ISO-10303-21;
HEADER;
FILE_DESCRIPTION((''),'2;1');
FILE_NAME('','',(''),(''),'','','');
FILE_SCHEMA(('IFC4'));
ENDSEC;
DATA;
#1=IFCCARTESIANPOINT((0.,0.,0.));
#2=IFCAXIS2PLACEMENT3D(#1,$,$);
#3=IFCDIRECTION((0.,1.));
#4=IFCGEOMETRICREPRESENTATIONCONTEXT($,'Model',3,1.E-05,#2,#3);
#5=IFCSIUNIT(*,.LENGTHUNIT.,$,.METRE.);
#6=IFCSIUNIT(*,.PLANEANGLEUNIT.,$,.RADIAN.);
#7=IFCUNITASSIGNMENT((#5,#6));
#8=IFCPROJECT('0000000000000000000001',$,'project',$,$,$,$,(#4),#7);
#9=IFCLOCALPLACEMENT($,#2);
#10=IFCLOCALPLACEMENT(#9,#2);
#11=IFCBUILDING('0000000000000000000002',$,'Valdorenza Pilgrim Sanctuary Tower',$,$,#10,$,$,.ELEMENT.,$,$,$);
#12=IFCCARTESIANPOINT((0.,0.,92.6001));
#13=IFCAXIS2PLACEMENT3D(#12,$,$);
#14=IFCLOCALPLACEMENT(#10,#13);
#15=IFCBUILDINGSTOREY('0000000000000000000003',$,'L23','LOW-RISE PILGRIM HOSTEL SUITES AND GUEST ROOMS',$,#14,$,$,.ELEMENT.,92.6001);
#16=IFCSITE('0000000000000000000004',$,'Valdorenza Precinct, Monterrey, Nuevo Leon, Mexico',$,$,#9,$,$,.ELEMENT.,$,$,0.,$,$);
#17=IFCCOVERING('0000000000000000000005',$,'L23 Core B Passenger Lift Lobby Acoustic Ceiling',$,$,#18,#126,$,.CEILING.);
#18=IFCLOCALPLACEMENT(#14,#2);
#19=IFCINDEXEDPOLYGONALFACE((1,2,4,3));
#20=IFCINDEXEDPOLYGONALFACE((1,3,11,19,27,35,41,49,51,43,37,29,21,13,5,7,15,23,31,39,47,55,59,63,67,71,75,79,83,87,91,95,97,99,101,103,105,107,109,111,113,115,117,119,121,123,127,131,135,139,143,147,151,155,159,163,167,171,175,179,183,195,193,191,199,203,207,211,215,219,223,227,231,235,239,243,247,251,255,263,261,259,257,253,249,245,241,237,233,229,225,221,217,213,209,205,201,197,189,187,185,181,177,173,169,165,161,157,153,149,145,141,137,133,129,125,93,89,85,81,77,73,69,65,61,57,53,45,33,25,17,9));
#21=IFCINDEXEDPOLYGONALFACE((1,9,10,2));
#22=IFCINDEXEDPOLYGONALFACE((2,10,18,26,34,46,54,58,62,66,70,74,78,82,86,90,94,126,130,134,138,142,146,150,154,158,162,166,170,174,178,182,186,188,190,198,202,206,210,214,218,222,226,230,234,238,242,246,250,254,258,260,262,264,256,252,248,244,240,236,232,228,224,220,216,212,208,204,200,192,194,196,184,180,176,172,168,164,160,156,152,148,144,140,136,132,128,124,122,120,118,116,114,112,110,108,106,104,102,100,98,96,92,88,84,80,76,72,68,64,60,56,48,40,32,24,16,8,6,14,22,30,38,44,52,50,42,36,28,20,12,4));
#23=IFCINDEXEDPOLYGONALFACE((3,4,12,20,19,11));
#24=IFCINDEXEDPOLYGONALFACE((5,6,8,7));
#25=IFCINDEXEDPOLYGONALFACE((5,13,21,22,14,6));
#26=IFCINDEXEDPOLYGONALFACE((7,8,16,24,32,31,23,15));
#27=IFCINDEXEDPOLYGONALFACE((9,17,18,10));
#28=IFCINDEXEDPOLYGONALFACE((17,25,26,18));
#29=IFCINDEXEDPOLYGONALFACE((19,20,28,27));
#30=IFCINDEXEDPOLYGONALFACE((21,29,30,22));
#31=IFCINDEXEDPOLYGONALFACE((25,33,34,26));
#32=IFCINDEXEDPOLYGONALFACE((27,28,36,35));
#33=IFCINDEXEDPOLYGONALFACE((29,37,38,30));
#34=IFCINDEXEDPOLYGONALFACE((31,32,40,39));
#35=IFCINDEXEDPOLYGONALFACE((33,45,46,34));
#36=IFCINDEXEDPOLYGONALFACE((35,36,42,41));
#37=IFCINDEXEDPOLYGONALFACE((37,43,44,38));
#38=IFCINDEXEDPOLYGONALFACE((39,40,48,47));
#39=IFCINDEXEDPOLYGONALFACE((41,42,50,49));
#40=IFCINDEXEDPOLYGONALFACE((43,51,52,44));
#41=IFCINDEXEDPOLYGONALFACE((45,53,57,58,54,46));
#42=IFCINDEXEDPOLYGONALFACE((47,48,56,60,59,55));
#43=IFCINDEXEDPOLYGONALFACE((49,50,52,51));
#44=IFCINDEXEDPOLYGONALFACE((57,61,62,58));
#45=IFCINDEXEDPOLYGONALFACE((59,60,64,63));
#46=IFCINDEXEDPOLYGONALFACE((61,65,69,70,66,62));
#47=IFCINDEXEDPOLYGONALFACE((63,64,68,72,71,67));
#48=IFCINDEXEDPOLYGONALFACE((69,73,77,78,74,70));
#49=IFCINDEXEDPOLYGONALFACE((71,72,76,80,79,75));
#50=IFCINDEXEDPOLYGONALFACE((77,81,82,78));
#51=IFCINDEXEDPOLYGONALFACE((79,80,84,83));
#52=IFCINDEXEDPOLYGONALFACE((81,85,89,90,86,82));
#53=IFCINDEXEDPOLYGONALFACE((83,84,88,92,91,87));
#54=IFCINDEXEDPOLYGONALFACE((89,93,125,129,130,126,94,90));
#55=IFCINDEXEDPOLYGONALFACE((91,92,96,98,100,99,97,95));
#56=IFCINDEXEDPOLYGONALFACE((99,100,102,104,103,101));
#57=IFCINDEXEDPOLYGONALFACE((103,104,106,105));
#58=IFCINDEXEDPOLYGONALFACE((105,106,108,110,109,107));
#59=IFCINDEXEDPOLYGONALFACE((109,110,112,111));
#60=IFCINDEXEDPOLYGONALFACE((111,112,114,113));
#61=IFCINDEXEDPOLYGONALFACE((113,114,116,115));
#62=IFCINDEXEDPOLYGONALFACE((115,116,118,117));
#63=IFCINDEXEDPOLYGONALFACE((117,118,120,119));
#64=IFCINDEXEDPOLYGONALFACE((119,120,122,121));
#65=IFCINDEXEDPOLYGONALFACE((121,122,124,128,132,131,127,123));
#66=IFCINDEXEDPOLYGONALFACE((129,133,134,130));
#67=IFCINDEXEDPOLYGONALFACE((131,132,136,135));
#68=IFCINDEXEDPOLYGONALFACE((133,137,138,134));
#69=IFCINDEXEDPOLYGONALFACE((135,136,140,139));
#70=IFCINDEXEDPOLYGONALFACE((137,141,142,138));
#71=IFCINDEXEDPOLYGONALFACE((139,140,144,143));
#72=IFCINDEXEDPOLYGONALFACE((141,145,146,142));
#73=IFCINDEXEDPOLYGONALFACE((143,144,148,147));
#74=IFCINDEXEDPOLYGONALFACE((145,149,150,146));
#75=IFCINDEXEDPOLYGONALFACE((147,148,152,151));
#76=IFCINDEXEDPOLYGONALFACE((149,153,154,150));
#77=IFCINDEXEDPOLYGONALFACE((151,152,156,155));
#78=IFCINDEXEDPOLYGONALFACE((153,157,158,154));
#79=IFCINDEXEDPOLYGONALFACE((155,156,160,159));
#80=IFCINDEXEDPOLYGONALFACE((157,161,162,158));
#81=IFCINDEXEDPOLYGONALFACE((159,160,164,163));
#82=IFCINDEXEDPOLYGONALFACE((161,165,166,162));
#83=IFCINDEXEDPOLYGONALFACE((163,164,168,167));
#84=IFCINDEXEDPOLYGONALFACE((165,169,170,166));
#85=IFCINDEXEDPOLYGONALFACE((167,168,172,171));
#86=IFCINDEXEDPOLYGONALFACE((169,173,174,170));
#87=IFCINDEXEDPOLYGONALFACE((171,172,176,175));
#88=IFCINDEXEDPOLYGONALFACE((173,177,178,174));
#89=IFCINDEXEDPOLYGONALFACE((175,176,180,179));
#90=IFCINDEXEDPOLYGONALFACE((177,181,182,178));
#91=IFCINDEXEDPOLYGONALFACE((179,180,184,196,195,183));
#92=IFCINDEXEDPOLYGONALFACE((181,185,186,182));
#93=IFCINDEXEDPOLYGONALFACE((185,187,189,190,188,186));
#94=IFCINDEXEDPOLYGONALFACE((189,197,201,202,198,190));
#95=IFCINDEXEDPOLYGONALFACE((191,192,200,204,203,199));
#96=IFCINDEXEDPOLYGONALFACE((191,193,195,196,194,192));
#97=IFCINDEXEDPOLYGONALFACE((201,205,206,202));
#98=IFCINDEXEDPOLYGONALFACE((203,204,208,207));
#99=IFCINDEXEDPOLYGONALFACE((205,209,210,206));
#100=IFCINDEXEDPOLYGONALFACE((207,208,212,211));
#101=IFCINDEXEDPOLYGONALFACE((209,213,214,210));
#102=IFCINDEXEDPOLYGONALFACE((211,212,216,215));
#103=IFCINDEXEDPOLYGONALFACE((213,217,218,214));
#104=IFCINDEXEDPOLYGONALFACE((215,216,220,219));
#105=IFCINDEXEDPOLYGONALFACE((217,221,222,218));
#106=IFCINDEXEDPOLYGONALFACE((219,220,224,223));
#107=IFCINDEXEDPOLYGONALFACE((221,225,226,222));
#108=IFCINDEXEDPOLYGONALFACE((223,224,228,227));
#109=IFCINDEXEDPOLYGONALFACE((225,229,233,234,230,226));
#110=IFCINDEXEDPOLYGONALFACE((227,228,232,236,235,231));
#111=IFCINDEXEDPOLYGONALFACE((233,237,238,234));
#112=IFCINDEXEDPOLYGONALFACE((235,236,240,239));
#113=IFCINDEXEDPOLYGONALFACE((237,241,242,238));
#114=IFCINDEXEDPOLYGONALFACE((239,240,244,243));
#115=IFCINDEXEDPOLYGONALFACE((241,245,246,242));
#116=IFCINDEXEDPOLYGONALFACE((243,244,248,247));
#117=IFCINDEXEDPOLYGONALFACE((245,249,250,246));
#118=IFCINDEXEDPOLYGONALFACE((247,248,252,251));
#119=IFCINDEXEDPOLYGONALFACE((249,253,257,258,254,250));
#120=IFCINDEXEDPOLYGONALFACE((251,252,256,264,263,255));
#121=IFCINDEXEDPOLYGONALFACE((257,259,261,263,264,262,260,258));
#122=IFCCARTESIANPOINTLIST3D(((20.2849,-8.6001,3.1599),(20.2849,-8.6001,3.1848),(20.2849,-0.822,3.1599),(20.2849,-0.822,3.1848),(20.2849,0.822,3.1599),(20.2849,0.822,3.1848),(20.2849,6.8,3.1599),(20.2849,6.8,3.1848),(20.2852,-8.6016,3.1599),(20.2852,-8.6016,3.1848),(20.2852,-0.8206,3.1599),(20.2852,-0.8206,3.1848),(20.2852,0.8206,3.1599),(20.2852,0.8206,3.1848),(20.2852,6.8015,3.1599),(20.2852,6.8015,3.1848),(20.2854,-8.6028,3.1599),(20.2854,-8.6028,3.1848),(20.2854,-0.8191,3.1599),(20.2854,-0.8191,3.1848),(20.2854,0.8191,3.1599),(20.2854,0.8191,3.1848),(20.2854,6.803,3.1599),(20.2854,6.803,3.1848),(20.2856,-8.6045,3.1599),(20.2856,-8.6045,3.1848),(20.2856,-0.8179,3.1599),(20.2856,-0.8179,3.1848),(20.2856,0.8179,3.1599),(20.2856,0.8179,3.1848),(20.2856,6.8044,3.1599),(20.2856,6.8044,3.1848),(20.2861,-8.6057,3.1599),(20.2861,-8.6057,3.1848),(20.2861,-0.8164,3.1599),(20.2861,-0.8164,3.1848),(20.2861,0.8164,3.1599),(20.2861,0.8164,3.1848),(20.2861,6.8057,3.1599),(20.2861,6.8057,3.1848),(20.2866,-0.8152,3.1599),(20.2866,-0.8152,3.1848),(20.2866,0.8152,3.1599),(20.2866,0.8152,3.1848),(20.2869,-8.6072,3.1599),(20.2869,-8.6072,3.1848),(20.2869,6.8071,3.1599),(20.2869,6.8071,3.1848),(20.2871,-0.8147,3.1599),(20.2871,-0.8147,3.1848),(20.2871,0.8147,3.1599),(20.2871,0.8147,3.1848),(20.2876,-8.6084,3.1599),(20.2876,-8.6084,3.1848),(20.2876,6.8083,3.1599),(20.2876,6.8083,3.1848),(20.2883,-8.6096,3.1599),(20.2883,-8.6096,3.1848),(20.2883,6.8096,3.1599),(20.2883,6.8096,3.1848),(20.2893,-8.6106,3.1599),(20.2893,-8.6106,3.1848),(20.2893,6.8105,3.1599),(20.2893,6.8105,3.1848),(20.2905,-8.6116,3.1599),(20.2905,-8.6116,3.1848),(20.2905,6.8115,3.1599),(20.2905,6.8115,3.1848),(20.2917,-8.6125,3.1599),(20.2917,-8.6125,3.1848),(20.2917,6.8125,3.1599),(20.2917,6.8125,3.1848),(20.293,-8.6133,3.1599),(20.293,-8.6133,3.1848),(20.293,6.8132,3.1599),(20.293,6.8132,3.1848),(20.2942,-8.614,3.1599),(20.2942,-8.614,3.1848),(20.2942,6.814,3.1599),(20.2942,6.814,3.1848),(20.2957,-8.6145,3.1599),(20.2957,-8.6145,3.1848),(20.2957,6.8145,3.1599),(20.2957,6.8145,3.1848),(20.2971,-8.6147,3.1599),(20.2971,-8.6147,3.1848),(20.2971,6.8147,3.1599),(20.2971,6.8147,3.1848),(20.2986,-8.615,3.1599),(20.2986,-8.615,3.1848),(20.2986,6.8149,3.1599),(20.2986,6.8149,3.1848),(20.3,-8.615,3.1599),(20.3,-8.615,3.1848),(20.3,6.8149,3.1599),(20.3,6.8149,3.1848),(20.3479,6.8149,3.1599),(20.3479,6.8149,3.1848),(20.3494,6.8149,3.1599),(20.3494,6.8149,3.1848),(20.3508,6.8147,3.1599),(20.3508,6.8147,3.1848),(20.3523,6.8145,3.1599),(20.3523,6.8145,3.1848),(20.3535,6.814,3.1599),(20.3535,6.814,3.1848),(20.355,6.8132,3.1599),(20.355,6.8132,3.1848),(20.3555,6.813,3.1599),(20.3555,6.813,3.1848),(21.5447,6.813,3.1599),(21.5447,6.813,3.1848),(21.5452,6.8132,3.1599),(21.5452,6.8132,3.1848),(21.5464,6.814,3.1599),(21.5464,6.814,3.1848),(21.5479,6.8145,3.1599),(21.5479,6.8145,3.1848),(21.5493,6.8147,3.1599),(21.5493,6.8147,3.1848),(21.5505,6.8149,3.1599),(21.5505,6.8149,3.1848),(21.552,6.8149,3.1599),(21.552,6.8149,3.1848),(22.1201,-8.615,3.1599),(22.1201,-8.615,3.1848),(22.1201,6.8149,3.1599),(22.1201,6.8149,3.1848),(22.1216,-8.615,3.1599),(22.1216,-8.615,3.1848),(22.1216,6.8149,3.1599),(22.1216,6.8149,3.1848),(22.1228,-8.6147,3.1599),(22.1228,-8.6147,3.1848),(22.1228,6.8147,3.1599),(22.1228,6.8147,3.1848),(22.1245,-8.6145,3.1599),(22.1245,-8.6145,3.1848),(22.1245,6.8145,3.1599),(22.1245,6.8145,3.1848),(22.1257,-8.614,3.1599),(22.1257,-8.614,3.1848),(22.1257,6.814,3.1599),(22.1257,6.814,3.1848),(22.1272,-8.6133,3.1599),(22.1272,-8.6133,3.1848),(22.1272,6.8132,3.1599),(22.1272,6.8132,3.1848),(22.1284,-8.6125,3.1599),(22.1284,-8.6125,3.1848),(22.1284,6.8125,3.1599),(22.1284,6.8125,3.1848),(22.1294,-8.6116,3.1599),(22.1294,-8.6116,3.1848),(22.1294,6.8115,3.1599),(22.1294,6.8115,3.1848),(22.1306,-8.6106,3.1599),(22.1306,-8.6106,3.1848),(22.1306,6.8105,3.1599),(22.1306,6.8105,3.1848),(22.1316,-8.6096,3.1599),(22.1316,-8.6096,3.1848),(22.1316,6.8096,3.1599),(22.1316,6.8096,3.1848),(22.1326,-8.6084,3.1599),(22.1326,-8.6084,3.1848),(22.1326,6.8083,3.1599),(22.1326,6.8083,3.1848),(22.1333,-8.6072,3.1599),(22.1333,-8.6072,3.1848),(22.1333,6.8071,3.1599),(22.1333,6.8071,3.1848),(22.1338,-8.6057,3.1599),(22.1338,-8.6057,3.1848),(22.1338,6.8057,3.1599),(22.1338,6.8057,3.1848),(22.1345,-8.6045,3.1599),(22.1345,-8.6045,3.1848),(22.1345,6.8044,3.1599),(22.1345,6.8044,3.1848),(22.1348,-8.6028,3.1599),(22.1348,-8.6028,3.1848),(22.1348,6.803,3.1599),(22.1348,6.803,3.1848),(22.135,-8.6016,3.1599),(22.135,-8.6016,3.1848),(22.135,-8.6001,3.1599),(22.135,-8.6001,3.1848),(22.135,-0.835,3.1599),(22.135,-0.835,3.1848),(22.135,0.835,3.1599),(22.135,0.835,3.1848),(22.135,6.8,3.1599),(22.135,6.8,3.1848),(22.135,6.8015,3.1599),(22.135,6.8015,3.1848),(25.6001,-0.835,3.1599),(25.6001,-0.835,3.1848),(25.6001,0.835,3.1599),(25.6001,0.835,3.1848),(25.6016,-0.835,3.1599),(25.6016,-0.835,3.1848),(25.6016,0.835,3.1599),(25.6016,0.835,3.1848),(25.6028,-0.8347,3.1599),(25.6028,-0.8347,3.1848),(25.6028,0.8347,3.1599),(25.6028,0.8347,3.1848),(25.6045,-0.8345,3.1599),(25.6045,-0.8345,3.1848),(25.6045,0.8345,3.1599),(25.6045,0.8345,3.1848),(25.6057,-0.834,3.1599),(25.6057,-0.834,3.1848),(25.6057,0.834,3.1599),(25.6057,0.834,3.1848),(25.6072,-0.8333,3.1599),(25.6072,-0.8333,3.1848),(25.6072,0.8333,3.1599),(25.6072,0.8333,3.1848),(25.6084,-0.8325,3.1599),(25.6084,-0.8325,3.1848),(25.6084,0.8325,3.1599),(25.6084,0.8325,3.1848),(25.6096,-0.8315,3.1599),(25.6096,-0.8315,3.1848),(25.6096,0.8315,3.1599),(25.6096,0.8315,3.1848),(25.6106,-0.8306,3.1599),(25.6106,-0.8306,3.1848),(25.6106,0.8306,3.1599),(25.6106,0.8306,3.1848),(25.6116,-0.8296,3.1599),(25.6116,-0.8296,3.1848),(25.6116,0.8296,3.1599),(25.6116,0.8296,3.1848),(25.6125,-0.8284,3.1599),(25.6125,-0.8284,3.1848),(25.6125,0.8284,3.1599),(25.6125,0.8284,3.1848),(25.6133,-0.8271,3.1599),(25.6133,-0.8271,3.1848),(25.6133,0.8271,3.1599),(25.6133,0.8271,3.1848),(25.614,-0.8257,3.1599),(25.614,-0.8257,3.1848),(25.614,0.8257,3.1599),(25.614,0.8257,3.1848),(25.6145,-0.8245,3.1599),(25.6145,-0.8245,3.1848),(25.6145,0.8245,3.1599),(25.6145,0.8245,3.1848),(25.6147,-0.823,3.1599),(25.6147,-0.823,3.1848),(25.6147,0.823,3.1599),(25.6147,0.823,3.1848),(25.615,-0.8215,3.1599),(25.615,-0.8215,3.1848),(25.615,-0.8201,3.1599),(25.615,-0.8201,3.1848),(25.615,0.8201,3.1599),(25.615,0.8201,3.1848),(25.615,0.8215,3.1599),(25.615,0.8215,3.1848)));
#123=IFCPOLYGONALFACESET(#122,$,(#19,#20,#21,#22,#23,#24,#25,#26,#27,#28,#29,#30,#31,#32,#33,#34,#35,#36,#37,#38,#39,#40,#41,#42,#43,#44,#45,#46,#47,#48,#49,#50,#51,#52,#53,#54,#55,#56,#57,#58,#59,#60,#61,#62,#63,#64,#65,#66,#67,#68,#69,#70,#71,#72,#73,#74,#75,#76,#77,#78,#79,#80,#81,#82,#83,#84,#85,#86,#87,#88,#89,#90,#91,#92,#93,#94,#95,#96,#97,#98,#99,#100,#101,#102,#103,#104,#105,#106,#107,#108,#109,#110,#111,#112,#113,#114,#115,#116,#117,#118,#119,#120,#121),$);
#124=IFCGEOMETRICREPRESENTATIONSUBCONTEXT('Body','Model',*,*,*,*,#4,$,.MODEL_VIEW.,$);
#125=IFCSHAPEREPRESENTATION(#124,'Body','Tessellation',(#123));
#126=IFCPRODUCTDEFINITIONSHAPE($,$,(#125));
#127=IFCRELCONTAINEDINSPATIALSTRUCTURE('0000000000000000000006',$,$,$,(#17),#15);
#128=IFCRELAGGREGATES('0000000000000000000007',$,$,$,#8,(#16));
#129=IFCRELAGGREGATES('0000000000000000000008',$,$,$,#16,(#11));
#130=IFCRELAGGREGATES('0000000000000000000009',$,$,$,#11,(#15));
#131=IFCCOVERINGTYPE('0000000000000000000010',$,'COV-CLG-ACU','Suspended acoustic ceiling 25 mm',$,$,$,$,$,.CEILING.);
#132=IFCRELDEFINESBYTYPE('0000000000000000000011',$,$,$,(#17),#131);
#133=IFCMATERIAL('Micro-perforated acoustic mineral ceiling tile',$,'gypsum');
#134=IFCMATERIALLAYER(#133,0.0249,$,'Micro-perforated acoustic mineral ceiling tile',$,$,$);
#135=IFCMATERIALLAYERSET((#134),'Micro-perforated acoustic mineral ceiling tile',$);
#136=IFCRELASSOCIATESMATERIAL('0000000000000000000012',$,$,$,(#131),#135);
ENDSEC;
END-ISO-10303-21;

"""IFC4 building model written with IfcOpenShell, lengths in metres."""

from ifc_helpers import new_model, si_unit, direction, frame, origin, place, context, subcontext, project, spatial, polyline, outline, extrude, material, layer, layer_set, type_object, element, save


model = new_model("IFC4")

# Units and contexts
model_context = context("Model", 3, precision=1e-05, world=origin(), true_north=direction((0.0, 1.0)))
body_context = subcontext(model_context, "Body", "Model", "MODEL_VIEW")
ifc_project = project(units=[si_unit("LENGTHUNIT", "METRE"), si_unit("PLANEANGLEUNIT", "RADIAN")], contexts=[model_context])

# Site, building, storey
site_placement = place(None, origin())
site = spatial("IfcSite", under=ifc_project, at=site_placement, Name="Valdorenza Precinct, Monterrey, Nuevo Leon, Mexico", CompositionType="ELEMENT", RefElevation=0.0)
building_placement = place(site_placement, origin())
building = spatial("IfcBuilding", under=site, at=building_placement, Name="Valdorenza Pilgrim Sanctuary Tower", CompositionType="ELEMENT")
storey_placement = place(building_placement, frame((0.0, 0.0, 92.6001)))
storey = spatial("IfcBuildingStorey", under=building, at=storey_placement, Name="L23", Description="LOW-RISE PILGRIM HOSTEL SUITES AND GUEST ROOMS", CompositionType="ELEMENT", Elevation=92.6001)

# Covering
ifc_material_1 = material(Name="Micro-perforated acoustic mineral ceiling tile", Category="gypsum")
ifc_layer_1 = layer(ifc_material_1, 0.0249, Name="Micro-perforated acoustic mineral ceiling tile")
ifc_layer_set_1 = layer_set([ifc_layer_1], Name="Micro-perforated acoustic mineral ceiling tile")
covering_type_1 = type_object("IfcCoveringType", Name="COV-CLG-ACU", Description="Suspended acoustic ceiling 25 mm", PredefinedType="CEILING", material=ifc_layer_set_1)
covering_1_placement = place(storey_placement, frame((0.0, 0.0, 3.1599)))
element("IfcCovering", 1, at=covering_1_placement, inside=storey, type_object=covering_type_1, Name="L23 Core B Passenger Lift Lobby Acoustic Ceiling", PredefinedType="CEILING", context=body_context, shape_type="SweptSolid", body=[
    extrude(outline(polyline([(20.2871, -0.8147), (20.2871, 0.8147), (20.2866, 0.8152), (20.2861, 0.8164), (20.2856, 0.8179), (20.2854, 0.8191), (20.2852, 0.8206), (20.2849, 0.822), (20.2849, 6.8), (20.2852, 6.8015), (20.2854, 6.803), (20.2856, 6.8044), (20.2861, 6.8057), (20.2869, 6.8071), (20.2876, 6.8083), (20.2883, 6.8096), (20.2893, 6.8105), (20.2905, 6.8115), (20.2917, 6.8125), (20.293, 6.8132), (20.2942, 6.814), (20.2957, 6.8145), (20.2971, 6.8147), (20.2986, 6.8149), (20.3, 6.8149), (20.3479, 6.8149), (20.3494, 6.8149), (20.3508, 6.8147), (20.3523, 6.8145), (20.3535, 6.814), (20.355, 6.8132), (20.3555, 6.813), (21.5447, 6.813), (21.5452, 6.8132), (21.5464, 6.814), (21.5479, 6.8145), (21.5493, 6.8147), (21.5505, 6.8149), (21.552, 6.8149), (22.1201, 6.8149), (22.1216, 6.8149), (22.1228, 6.8147), (22.1245, 6.8145), (22.1257, 6.814), (22.1272, 6.8132), (22.1284, 6.8125), (22.1294, 6.8115), (22.1306, 6.8105), (22.1316, 6.8096), (22.1326, 6.8083), (22.1333, 6.8071), (22.1338, 6.8057), (22.1345, 6.8044), (22.1348, 6.803), (22.135, 6.8015), (22.135, 6.8), (22.135, 0.835), (25.6001, 0.835), (25.6016, 0.835), (25.6028, 0.8347), (25.6045, 0.8345), (25.6057, 0.834), (25.6072, 0.8333), (25.6084, 0.8325), (25.6096, 0.8315), (25.6106, 0.8306), (25.6116, 0.8296), (25.6125, 0.8284), (25.6133, 0.8271), (25.614, 0.8257), (25.6145, 0.8245), (25.6147, 0.823), (25.615, 0.8215), (25.615, 0.8201), (25.615, -0.8201), (25.615, -0.8215), (25.6147, -0.823), (25.6145, -0.8245), (25.614, -0.8257), (25.6133, -0.8271), (25.6125, -0.8284), (25.6116, -0.8296), (25.6106, -0.8306), (25.6096, -0.8315), (25.6084, -0.8325), (25.6072, -0.8333), (25.6057, -0.834), (25.6045, -0.8345), (25.6028, -0.8347), (25.6016, -0.835), (25.6001, -0.835), (22.135, -0.835), (22.135, -8.6001), (22.135, -8.6016), (22.1348, -8.6028), (22.1345, -8.6045), (22.1338, -8.6057), (22.1333, -8.6072), (22.1326, -8.6084), (22.1316, -8.6096), (22.1306, -8.6106), (22.1294, -8.6116), (22.1284, -8.6125), (22.1272, -8.6133), (22.1257, -8.614), (22.1245, -8.6145), (22.1228, -8.6147), (22.1216, -8.615), (22.1201, -8.615), (20.3, -8.615), (20.2986, -8.615), (20.2971, -8.6147), (20.2957, -8.6145), (20.2942, -8.614), (20.293, -8.6133), (20.2917, -8.6125), (20.2905, -8.6116), (20.2893, -8.6106), (20.2883, -8.6096), (20.2876, -8.6084), (20.2869, -8.6072), (20.2861, -8.6057), (20.2856, -8.6045), (20.2854, -8.6028), (20.2852, -8.6016), (20.2849, -8.6001), (20.2849, -0.822), (20.2852, -0.8206), (20.2854, -0.8191), (20.2856, -0.8179), (20.2861, -0.8164), (20.2866, -0.8152), (20.2871, -0.8147)])), origin(), (0.0, 0.0, 1.0), 0.0249),
])

save(model, "model.ifc")
